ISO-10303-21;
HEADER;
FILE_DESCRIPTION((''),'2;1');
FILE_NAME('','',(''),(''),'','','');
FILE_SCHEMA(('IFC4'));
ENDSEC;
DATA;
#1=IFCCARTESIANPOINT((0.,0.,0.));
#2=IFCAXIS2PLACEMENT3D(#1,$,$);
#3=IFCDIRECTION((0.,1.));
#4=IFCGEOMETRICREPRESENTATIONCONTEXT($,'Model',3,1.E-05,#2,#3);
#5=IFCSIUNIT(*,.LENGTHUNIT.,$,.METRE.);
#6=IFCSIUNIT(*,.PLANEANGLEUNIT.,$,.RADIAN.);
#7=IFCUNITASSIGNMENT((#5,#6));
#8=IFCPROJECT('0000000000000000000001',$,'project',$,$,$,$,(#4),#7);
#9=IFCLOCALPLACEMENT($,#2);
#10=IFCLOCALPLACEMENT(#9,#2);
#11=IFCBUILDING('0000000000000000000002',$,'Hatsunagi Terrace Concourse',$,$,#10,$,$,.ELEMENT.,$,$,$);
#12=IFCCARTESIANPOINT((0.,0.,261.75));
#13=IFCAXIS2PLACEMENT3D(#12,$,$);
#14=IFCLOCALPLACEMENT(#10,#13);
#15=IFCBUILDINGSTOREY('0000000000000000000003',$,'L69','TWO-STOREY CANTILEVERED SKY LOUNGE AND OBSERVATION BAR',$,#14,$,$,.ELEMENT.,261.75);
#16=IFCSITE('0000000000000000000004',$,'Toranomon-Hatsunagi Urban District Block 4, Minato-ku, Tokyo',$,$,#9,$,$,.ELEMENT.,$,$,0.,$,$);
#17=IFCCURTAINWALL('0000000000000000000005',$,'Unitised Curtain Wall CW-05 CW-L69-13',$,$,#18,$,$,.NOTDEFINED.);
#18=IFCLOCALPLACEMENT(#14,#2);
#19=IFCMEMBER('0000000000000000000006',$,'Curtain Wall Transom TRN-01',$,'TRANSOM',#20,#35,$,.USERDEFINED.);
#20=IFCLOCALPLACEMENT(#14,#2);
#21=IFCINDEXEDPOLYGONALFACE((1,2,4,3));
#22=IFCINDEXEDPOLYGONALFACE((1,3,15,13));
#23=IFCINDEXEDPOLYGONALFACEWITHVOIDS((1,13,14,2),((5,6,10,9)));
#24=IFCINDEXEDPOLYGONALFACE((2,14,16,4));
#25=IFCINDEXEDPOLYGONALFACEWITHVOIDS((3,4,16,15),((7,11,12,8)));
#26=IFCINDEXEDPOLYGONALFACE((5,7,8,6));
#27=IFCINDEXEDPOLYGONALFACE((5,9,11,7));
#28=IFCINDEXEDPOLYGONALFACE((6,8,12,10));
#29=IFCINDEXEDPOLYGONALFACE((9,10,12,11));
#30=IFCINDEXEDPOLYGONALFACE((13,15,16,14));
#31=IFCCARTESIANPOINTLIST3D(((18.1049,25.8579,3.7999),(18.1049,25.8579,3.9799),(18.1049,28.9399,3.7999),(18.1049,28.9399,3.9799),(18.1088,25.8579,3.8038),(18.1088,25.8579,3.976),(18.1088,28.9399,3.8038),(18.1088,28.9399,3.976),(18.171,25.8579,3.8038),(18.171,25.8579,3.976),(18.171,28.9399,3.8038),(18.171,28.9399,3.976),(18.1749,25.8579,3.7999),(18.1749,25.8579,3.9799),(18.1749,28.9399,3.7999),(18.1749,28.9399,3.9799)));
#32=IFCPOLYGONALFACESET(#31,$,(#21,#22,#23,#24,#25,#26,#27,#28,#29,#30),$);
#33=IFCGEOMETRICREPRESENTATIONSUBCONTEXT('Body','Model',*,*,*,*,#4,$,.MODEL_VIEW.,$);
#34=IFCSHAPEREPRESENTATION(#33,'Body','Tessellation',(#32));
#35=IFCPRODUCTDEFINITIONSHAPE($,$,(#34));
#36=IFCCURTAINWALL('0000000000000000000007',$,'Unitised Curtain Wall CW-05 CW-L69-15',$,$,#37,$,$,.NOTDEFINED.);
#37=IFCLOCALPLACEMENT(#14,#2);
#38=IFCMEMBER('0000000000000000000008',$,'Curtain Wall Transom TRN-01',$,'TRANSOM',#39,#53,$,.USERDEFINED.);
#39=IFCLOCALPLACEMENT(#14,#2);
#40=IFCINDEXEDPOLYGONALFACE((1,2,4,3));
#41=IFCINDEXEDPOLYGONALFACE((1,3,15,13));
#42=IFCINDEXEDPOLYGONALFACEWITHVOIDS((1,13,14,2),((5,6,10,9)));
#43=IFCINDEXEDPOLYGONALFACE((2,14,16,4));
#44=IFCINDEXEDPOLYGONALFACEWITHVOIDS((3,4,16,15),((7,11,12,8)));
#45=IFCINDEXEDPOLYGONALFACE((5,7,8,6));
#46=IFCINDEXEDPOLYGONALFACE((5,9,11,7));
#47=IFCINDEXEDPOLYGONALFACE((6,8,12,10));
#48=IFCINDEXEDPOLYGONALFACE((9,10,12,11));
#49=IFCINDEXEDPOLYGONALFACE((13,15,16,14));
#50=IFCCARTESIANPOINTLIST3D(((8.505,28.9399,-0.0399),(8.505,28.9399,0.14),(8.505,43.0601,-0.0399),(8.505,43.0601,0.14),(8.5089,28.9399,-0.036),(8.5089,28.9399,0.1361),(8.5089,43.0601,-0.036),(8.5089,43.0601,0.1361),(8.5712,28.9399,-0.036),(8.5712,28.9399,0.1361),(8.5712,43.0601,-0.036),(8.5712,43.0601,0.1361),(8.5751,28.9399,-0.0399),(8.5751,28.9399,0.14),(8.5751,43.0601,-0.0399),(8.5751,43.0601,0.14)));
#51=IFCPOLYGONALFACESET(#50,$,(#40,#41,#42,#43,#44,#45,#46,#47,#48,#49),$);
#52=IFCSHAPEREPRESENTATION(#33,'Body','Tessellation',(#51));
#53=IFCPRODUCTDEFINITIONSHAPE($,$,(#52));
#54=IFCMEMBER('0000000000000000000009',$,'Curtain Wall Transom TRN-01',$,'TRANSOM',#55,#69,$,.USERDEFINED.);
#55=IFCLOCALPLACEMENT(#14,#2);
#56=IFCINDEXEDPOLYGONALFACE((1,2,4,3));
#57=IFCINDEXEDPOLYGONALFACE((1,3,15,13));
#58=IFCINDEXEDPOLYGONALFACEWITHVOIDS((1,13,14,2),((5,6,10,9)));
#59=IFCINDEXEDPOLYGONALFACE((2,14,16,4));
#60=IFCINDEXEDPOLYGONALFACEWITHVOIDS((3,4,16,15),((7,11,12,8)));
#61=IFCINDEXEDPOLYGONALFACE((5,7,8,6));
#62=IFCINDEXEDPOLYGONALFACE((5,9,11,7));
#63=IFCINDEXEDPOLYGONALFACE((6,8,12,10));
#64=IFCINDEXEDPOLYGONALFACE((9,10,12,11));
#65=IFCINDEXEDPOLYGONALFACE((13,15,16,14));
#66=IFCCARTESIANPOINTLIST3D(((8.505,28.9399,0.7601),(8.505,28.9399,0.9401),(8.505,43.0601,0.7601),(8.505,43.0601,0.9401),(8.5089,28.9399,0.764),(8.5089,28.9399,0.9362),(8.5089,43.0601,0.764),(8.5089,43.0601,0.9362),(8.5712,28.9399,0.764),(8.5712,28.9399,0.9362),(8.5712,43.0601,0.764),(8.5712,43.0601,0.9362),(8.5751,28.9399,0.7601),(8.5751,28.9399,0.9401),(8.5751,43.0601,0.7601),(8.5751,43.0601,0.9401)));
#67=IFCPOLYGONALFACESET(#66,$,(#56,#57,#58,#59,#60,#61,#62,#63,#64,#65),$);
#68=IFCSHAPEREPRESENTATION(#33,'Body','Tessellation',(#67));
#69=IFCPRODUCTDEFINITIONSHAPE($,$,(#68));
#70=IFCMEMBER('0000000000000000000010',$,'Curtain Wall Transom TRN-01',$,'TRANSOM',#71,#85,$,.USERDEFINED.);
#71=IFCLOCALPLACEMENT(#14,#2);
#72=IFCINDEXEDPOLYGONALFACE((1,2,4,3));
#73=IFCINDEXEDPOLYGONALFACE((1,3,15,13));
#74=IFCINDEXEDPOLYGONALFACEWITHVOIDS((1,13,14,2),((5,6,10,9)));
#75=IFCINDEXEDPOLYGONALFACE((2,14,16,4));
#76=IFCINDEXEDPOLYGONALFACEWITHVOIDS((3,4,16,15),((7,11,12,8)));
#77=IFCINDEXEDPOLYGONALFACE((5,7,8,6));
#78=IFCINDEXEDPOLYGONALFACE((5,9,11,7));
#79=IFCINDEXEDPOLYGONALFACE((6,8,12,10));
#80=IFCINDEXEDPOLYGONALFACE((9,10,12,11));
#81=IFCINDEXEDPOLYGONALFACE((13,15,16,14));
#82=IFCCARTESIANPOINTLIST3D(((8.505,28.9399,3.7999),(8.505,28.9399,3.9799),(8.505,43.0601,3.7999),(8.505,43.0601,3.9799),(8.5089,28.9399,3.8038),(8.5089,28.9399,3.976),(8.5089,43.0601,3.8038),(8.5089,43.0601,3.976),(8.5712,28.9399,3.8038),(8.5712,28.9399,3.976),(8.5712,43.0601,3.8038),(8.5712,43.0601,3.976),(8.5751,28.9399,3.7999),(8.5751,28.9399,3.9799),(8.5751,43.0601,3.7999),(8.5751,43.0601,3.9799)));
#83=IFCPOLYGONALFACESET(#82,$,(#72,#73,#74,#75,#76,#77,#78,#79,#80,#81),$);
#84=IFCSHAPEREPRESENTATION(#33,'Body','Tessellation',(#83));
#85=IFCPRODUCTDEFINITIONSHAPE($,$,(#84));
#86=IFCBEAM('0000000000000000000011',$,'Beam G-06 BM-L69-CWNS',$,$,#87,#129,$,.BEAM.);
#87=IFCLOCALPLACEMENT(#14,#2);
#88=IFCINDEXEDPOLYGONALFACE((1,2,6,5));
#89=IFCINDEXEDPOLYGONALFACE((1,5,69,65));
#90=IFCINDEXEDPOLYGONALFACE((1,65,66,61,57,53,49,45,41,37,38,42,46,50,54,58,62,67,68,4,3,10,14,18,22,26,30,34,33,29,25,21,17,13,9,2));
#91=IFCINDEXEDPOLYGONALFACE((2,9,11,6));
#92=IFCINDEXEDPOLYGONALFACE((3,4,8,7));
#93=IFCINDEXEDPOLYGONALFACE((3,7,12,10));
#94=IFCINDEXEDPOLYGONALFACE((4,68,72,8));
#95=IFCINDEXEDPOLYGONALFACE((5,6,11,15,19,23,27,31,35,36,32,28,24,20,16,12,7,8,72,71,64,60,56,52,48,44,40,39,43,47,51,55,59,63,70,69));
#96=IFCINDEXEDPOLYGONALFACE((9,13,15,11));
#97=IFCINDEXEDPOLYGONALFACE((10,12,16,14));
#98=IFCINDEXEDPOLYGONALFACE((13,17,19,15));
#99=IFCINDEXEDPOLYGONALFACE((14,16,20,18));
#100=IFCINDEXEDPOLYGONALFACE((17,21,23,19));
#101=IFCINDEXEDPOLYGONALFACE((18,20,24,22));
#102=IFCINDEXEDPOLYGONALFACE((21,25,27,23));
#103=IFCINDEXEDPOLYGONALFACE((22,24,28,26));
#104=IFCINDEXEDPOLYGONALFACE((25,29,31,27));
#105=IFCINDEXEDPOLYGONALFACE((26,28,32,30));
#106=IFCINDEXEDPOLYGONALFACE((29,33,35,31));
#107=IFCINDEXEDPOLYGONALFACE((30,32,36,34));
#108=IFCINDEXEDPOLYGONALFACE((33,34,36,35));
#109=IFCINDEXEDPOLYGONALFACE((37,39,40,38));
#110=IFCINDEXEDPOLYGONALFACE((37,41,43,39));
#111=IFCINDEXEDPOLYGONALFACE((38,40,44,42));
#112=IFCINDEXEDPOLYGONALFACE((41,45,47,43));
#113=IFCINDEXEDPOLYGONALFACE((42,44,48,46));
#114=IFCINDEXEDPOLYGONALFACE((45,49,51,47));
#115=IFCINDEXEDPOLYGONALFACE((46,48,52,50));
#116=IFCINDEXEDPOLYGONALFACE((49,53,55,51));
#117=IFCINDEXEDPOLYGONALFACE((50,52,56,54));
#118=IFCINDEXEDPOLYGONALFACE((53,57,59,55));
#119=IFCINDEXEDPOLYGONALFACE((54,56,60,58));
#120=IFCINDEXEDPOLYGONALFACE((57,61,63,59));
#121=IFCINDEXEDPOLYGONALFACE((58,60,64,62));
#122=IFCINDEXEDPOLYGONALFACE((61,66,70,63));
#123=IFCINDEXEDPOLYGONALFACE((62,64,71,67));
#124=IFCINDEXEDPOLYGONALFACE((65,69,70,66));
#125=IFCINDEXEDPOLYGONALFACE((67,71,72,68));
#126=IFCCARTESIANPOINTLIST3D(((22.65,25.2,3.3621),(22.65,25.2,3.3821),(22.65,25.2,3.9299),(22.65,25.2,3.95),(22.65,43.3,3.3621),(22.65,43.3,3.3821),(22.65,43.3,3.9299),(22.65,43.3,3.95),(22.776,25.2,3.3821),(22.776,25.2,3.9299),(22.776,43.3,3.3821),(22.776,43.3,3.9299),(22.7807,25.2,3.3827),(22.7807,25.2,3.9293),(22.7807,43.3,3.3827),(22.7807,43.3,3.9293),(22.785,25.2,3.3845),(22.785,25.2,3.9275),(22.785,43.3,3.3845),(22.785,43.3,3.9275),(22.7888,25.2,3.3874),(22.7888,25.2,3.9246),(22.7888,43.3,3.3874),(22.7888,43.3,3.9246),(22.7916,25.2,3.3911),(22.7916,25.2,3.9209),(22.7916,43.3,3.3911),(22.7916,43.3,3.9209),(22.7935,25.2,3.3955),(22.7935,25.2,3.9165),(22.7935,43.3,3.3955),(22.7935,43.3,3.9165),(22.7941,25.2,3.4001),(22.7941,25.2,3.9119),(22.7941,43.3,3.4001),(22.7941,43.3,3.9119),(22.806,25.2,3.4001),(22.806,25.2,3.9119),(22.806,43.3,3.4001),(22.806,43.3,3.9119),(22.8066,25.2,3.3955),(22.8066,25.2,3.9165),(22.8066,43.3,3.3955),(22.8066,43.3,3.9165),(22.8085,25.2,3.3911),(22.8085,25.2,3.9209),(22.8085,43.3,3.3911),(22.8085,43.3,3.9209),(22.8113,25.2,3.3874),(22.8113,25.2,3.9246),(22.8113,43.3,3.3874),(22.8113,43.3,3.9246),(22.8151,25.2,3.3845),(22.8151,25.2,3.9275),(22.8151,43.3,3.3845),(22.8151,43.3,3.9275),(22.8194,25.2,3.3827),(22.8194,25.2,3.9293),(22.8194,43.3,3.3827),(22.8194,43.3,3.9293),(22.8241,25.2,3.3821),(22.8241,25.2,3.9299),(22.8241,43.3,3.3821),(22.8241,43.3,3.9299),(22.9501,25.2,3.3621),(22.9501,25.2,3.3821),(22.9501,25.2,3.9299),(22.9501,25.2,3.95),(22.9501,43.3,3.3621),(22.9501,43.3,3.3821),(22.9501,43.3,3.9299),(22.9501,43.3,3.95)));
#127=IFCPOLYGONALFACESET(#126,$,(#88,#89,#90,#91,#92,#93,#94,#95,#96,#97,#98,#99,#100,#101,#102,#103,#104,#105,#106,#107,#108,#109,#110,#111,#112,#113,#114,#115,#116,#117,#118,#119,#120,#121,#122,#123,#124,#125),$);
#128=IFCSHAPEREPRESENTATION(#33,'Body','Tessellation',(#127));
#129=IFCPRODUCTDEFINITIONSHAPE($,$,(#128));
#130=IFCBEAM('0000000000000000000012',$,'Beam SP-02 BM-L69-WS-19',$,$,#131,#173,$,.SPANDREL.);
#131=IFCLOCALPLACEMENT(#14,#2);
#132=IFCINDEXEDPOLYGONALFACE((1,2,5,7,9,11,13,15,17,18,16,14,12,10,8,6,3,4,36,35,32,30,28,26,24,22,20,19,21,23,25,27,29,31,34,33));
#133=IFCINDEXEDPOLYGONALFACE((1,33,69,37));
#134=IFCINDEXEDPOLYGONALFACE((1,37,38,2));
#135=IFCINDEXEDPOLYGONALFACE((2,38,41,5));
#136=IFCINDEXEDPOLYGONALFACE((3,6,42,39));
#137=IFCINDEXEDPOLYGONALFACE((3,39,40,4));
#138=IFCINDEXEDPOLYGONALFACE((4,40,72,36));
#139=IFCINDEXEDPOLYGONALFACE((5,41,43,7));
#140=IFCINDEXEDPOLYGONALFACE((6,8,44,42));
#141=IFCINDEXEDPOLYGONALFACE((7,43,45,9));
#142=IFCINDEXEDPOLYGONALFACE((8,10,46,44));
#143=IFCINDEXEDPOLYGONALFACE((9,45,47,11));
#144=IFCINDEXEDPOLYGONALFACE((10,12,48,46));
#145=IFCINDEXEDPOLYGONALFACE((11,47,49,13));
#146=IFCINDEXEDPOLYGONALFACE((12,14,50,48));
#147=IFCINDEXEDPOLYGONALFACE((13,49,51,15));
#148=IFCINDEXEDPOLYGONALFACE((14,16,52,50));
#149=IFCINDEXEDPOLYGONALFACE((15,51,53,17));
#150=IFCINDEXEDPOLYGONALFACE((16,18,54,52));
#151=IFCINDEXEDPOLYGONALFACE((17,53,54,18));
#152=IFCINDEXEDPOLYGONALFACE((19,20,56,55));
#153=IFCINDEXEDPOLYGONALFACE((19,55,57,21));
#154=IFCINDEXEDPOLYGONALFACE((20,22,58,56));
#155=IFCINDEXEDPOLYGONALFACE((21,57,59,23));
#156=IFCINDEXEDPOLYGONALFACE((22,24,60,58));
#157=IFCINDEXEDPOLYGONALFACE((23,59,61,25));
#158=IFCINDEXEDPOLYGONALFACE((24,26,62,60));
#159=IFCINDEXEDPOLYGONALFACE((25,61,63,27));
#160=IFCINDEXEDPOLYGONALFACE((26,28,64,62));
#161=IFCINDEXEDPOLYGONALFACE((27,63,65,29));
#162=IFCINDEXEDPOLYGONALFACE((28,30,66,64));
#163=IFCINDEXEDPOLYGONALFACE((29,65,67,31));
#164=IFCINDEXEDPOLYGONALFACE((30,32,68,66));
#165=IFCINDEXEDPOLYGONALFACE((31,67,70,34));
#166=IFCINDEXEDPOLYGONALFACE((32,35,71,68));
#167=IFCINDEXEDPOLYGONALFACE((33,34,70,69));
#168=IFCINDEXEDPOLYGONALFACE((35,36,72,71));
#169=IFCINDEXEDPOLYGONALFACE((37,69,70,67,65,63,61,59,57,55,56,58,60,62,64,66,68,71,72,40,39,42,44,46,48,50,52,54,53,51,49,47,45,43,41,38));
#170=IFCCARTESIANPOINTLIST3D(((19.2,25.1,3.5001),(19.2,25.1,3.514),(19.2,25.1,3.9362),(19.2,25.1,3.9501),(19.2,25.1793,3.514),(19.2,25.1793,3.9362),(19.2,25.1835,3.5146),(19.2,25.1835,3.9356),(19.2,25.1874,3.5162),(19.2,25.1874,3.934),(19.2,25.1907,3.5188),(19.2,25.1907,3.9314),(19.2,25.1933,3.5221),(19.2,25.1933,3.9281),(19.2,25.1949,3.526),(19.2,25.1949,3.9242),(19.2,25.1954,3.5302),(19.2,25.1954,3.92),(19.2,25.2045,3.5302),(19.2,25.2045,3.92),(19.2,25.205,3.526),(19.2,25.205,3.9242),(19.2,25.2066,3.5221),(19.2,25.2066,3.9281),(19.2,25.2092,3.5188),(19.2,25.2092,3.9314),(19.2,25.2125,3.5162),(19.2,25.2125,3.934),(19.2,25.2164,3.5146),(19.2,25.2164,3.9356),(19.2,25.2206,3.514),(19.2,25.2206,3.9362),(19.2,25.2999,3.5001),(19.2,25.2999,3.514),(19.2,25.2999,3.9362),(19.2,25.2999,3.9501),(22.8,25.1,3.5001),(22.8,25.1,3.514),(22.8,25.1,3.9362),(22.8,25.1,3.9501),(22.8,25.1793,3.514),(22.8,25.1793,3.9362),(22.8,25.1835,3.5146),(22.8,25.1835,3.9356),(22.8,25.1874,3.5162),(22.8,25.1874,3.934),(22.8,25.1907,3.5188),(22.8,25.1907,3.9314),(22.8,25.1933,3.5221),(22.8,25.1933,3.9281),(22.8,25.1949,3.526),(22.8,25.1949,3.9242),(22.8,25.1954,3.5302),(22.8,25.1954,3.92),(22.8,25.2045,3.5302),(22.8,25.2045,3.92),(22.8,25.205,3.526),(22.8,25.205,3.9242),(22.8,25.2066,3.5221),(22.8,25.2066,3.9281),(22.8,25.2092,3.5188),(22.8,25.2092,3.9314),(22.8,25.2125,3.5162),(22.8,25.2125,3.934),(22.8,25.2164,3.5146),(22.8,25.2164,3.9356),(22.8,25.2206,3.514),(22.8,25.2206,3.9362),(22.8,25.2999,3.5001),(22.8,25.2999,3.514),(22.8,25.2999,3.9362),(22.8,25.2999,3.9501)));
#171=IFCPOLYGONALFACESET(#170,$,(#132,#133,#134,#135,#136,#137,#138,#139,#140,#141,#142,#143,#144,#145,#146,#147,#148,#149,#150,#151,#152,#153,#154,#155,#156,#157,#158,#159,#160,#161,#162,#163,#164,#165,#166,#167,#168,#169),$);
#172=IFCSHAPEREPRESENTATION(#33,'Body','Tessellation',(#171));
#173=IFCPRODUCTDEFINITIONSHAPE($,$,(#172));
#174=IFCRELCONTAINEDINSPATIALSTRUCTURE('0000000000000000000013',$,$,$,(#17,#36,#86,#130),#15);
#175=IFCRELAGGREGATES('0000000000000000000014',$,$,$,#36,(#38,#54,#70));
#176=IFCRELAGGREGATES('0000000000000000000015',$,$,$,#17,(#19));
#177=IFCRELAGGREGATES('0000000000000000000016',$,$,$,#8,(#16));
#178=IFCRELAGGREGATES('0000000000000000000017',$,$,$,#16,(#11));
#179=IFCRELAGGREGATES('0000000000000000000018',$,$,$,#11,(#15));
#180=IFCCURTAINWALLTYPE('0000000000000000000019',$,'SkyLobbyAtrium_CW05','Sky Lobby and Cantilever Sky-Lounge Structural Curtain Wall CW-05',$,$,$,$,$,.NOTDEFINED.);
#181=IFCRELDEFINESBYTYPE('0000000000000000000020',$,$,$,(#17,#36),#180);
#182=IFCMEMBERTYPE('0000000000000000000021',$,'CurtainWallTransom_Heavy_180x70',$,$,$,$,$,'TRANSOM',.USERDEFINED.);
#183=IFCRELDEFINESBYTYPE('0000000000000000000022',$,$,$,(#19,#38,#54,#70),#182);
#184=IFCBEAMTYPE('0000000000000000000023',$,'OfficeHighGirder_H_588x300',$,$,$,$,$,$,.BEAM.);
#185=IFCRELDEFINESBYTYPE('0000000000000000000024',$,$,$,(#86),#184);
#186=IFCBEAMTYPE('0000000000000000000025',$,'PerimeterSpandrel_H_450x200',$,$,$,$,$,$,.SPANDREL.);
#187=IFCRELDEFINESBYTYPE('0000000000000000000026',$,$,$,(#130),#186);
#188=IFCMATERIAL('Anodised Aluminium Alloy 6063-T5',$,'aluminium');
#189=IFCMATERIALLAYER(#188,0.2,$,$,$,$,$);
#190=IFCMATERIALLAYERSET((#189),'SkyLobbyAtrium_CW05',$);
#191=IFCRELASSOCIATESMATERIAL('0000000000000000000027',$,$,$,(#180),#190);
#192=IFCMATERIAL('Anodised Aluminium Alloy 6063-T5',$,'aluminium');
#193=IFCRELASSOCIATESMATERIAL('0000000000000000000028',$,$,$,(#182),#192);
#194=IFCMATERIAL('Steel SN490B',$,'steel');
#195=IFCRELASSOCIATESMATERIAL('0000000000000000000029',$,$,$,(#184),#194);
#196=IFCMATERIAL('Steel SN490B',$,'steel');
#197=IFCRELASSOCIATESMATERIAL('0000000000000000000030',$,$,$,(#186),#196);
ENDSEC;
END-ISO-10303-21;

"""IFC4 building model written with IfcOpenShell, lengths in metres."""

from ifc_helpers import new_model, si_unit, direction, frame, origin, origin_2d, place, context, subcontext, project, spatial, hollow_rectangle, i_section, extrude, material, layer, layer_set, material_profile, profile_set, type_object, element, aggregate, save


model = new_model("IFC4")

# Units and contexts
model_context = context("Model", 3, precision=1e-05, world=origin(), true_north=direction((0.0, 1.0)))
body_context = subcontext(model_context, "Body", "Model", "MODEL_VIEW")
ifc_project = project(units=[si_unit("LENGTHUNIT", "METRE"), si_unit("PLANEANGLEUNIT", "RADIAN")], contexts=[model_context])

# Site, building, storey
site_placement = place(None, origin())
site = spatial("IfcSite", under=ifc_project, at=site_placement, Name="Toranomon-Hatsunagi Urban District Block 4, Minato-ku, Tokyo", CompositionType="ELEMENT", RefElevation=0.0)
building_placement = place(site_placement, origin())
building = spatial("IfcBuilding", under=site, at=building_placement, Name="Hatsunagi Terrace Concourse", CompositionType="ELEMENT")
storey_placement = place(building_placement, frame((0.0, 0.0, 261.75)))
storey = spatial("IfcBuildingStorey", under=building, at=storey_placement, Name="L69", Description="TWO-STOREY CANTILEVERED SKY LOUNGE AND OBSERVATION BAR", CompositionType="ELEMENT", Elevation=261.75)

# Curtain wall
ifc_material_1 = material(Name="Anodised Aluminium Alloy 6063-T5", Category="aluminium")
ifc_layer_1 = layer(ifc_material_1, 0.2)
ifc_layer_set_1 = layer_set([ifc_layer_1], Name="SkyLobbyAtrium_CW05")
curtain_wall_type = type_object("IfcCurtainWallType", Name="SkyLobbyAtrium_CW05", Description="Sky Lobby and Cantilever Sky-Lounge Structural Curtain Wall CW-05", PredefinedType="NOTDEFINED", material=ifc_layer_set_1)
curtain_wall_1_placement = place(storey_placement, origin())
curtain_wall_1 = element("IfcCurtainWall", 1, at=curtain_wall_1_placement, inside=storey, type_object=curtain_wall_type, Name="Unitised Curtain Wall CW-05 CW-L69-13", PredefinedType="NOTDEFINED")

# Member
ifc_material_2 = material(Name="Anodised Aluminium Alloy 6063-T5", Category="aluminium")
ifc_material_profile_1 = material_profile(ifc_material_2, hollow_rectangle(XDim=0.0701, YDim=0.1799, WallThickness=0.0039, at=origin_2d()), Name="ALU-TRN-180x70x4")
ifc_profile_set_1 = profile_set([ifc_material_profile_1], Name="Anodised Aluminium Alloy 6063-T5")
member_type_1 = type_object("IfcMemberType", Name="CurtainWallTransom_Heavy_180x70", ElementType="TRANSOM", PredefinedType="USERDEFINED", material=ifc_profile_set_1)
member_1_placement = place(storey_placement, frame((18.1399, 25.8579, 3.8899), z_axis=(0.0, 1.0, 0.0), x_axis=(-1.0, 0.0, 0.0)))
member_1 = element("IfcMember", 2, at=member_1_placement, type_object=member_type_1, Name="Curtain Wall Transom TRN-01", ObjectType="TRANSOM", PredefinedType="USERDEFINED", context=body_context, shape_type="SweptSolid", body=[
    extrude(hollow_rectangle(XDim=0.0701, YDim=0.1799, WallThickness=0.0039, at=origin_2d()), origin(), (0.0, 0.0, 1.0), 3.082),
])

# Curtain wall, members
curtain_wall_2_placement = place(storey_placement, origin())
curtain_wall_2 = element("IfcCurtainWall", 3, at=curtain_wall_2_placement, inside=storey, type_object=curtain_wall_type, Name="Unitised Curtain Wall CW-05 CW-L69-15", PredefinedType="NOTDEFINED")
member_2_placement = place(storey_placement, frame((8.54, 28.9399, 0.05), z_axis=(0.0, 1.0, 0.0), x_axis=(-1.0, 0.0, 0.0)))
member_2 = element("IfcMember", 4, at=member_2_placement, type_object=member_type_1, Name="Curtain Wall Transom TRN-01", ObjectType="TRANSOM", PredefinedType="USERDEFINED", context=body_context, shape_type="SweptSolid", body=[
    extrude(hollow_rectangle(XDim=0.0701, YDim=0.1799, WallThickness=0.0039, at=origin_2d()), origin(), (0.0, 0.0, 1.0), 14.1201),
])
member_3_placement = place(storey_placement, frame((8.54, 28.9399, 0.8501), z_axis=(0.0, 1.0, 0.0), x_axis=(-1.0, 0.0, 0.0)))
member_3 = element("IfcMember", 5, at=member_3_placement, type_object=member_type_1, Name="Curtain Wall Transom TRN-01", ObjectType="TRANSOM", PredefinedType="USERDEFINED", context=body_context, shape_type="SweptSolid", body=[
    extrude(hollow_rectangle(XDim=0.0701, YDim=0.1799, WallThickness=0.0039, at=origin_2d()), origin(), (0.0, 0.0, 1.0), 14.1201),
])
member_4_placement = place(storey_placement, frame((8.54, 28.9399, 3.8899), z_axis=(0.0, 1.0, 0.0), x_axis=(-1.0, 0.0, 0.0)))
member_4 = element("IfcMember", 6, at=member_4_placement, type_object=member_type_1, Name="Curtain Wall Transom TRN-01", ObjectType="TRANSOM", PredefinedType="USERDEFINED", context=body_context, shape_type="SweptSolid", body=[
    extrude(hollow_rectangle(XDim=0.0701, YDim=0.1799, WallThickness=0.0039, at=origin_2d()), origin(), (0.0, 0.0, 1.0), 14.1201),
])
aggregate(curtain_wall_2, [member_2, member_3, member_4])

# Beams
ifc_material_3 = material(Name="Steel SN490B", Category="steel")
ifc_material_profile_2 = material_profile(ifc_material_3, i_section(OverallWidth=0.3, OverallDepth=0.5879, WebThickness=0.012, FlangeThickness=0.02, FilletRadius=0.0181, at=origin_2d()), Name="H-588x300x12x20")
ifc_profile_set_2 = profile_set([ifc_material_profile_2], Name="Steel SN490B")
beam_type_1 = type_object("IfcBeamType", Name="OfficeHighGirder_H_588x300", PredefinedType="BEAM", material=ifc_profile_set_2)
beam_1_placement = place(storey_placement, frame((22.8, 25.2, 3.656), z_axis=(0.0, 1.0, 0.0), x_axis=(-1.0, 0.0, 0.0)))
element("IfcBeam", 7, at=beam_1_placement, inside=storey, type_object=beam_type_1, Name="Beam G-06 BM-L69-CWNS", PredefinedType="BEAM", context=body_context, shape_type="SweptSolid", body=[
    extrude(i_section(OverallWidth=0.3, OverallDepth=0.5879, WebThickness=0.012, FlangeThickness=0.02, FilletRadius=0.0181, at=origin_2d()), origin(), (0.0, 0.0, 1.0), 18.1001),
])
ifc_material_4 = material(Name="Steel SN490B", Category="steel")
ifc_material_profile_3 = material_profile(ifc_material_4, i_section(OverallWidth=0.2, OverallDepth=0.45, WebThickness=0.009, FlangeThickness=0.0139, FilletRadius=0.0161, at=origin_2d()), Name="H-450x200x9x14")
ifc_profile_set_3 = profile_set([ifc_material_profile_3], Name="Steel SN490B")
beam_type_2 = type_object("IfcBeamType", Name="PerimeterSpandrel_H_450x200", PredefinedType="SPANDREL", material=ifc_profile_set_3)
beam_2_placement = place(storey_placement, frame((19.2, 25.2, 3.7251), z_axis=(1.0, 0.0, 0.0), x_axis=(0.0, 1.0, 0.0)))
element("IfcBeam", 8, at=beam_2_placement, inside=storey, type_object=beam_type_2, Name="Beam SP-02 BM-L69-WS-19", PredefinedType="SPANDREL", context=body_context, shape_type="SweptSolid", body=[
    extrude(i_section(OverallWidth=0.2, OverallDepth=0.45, WebThickness=0.009, FlangeThickness=0.0139, FilletRadius=0.0161, at=origin_2d()), origin(), (0.0, 0.0, 1.0), 3.6001),
])

aggregate(curtain_wall_1, [member_1])

save(model, "model.ifc")
